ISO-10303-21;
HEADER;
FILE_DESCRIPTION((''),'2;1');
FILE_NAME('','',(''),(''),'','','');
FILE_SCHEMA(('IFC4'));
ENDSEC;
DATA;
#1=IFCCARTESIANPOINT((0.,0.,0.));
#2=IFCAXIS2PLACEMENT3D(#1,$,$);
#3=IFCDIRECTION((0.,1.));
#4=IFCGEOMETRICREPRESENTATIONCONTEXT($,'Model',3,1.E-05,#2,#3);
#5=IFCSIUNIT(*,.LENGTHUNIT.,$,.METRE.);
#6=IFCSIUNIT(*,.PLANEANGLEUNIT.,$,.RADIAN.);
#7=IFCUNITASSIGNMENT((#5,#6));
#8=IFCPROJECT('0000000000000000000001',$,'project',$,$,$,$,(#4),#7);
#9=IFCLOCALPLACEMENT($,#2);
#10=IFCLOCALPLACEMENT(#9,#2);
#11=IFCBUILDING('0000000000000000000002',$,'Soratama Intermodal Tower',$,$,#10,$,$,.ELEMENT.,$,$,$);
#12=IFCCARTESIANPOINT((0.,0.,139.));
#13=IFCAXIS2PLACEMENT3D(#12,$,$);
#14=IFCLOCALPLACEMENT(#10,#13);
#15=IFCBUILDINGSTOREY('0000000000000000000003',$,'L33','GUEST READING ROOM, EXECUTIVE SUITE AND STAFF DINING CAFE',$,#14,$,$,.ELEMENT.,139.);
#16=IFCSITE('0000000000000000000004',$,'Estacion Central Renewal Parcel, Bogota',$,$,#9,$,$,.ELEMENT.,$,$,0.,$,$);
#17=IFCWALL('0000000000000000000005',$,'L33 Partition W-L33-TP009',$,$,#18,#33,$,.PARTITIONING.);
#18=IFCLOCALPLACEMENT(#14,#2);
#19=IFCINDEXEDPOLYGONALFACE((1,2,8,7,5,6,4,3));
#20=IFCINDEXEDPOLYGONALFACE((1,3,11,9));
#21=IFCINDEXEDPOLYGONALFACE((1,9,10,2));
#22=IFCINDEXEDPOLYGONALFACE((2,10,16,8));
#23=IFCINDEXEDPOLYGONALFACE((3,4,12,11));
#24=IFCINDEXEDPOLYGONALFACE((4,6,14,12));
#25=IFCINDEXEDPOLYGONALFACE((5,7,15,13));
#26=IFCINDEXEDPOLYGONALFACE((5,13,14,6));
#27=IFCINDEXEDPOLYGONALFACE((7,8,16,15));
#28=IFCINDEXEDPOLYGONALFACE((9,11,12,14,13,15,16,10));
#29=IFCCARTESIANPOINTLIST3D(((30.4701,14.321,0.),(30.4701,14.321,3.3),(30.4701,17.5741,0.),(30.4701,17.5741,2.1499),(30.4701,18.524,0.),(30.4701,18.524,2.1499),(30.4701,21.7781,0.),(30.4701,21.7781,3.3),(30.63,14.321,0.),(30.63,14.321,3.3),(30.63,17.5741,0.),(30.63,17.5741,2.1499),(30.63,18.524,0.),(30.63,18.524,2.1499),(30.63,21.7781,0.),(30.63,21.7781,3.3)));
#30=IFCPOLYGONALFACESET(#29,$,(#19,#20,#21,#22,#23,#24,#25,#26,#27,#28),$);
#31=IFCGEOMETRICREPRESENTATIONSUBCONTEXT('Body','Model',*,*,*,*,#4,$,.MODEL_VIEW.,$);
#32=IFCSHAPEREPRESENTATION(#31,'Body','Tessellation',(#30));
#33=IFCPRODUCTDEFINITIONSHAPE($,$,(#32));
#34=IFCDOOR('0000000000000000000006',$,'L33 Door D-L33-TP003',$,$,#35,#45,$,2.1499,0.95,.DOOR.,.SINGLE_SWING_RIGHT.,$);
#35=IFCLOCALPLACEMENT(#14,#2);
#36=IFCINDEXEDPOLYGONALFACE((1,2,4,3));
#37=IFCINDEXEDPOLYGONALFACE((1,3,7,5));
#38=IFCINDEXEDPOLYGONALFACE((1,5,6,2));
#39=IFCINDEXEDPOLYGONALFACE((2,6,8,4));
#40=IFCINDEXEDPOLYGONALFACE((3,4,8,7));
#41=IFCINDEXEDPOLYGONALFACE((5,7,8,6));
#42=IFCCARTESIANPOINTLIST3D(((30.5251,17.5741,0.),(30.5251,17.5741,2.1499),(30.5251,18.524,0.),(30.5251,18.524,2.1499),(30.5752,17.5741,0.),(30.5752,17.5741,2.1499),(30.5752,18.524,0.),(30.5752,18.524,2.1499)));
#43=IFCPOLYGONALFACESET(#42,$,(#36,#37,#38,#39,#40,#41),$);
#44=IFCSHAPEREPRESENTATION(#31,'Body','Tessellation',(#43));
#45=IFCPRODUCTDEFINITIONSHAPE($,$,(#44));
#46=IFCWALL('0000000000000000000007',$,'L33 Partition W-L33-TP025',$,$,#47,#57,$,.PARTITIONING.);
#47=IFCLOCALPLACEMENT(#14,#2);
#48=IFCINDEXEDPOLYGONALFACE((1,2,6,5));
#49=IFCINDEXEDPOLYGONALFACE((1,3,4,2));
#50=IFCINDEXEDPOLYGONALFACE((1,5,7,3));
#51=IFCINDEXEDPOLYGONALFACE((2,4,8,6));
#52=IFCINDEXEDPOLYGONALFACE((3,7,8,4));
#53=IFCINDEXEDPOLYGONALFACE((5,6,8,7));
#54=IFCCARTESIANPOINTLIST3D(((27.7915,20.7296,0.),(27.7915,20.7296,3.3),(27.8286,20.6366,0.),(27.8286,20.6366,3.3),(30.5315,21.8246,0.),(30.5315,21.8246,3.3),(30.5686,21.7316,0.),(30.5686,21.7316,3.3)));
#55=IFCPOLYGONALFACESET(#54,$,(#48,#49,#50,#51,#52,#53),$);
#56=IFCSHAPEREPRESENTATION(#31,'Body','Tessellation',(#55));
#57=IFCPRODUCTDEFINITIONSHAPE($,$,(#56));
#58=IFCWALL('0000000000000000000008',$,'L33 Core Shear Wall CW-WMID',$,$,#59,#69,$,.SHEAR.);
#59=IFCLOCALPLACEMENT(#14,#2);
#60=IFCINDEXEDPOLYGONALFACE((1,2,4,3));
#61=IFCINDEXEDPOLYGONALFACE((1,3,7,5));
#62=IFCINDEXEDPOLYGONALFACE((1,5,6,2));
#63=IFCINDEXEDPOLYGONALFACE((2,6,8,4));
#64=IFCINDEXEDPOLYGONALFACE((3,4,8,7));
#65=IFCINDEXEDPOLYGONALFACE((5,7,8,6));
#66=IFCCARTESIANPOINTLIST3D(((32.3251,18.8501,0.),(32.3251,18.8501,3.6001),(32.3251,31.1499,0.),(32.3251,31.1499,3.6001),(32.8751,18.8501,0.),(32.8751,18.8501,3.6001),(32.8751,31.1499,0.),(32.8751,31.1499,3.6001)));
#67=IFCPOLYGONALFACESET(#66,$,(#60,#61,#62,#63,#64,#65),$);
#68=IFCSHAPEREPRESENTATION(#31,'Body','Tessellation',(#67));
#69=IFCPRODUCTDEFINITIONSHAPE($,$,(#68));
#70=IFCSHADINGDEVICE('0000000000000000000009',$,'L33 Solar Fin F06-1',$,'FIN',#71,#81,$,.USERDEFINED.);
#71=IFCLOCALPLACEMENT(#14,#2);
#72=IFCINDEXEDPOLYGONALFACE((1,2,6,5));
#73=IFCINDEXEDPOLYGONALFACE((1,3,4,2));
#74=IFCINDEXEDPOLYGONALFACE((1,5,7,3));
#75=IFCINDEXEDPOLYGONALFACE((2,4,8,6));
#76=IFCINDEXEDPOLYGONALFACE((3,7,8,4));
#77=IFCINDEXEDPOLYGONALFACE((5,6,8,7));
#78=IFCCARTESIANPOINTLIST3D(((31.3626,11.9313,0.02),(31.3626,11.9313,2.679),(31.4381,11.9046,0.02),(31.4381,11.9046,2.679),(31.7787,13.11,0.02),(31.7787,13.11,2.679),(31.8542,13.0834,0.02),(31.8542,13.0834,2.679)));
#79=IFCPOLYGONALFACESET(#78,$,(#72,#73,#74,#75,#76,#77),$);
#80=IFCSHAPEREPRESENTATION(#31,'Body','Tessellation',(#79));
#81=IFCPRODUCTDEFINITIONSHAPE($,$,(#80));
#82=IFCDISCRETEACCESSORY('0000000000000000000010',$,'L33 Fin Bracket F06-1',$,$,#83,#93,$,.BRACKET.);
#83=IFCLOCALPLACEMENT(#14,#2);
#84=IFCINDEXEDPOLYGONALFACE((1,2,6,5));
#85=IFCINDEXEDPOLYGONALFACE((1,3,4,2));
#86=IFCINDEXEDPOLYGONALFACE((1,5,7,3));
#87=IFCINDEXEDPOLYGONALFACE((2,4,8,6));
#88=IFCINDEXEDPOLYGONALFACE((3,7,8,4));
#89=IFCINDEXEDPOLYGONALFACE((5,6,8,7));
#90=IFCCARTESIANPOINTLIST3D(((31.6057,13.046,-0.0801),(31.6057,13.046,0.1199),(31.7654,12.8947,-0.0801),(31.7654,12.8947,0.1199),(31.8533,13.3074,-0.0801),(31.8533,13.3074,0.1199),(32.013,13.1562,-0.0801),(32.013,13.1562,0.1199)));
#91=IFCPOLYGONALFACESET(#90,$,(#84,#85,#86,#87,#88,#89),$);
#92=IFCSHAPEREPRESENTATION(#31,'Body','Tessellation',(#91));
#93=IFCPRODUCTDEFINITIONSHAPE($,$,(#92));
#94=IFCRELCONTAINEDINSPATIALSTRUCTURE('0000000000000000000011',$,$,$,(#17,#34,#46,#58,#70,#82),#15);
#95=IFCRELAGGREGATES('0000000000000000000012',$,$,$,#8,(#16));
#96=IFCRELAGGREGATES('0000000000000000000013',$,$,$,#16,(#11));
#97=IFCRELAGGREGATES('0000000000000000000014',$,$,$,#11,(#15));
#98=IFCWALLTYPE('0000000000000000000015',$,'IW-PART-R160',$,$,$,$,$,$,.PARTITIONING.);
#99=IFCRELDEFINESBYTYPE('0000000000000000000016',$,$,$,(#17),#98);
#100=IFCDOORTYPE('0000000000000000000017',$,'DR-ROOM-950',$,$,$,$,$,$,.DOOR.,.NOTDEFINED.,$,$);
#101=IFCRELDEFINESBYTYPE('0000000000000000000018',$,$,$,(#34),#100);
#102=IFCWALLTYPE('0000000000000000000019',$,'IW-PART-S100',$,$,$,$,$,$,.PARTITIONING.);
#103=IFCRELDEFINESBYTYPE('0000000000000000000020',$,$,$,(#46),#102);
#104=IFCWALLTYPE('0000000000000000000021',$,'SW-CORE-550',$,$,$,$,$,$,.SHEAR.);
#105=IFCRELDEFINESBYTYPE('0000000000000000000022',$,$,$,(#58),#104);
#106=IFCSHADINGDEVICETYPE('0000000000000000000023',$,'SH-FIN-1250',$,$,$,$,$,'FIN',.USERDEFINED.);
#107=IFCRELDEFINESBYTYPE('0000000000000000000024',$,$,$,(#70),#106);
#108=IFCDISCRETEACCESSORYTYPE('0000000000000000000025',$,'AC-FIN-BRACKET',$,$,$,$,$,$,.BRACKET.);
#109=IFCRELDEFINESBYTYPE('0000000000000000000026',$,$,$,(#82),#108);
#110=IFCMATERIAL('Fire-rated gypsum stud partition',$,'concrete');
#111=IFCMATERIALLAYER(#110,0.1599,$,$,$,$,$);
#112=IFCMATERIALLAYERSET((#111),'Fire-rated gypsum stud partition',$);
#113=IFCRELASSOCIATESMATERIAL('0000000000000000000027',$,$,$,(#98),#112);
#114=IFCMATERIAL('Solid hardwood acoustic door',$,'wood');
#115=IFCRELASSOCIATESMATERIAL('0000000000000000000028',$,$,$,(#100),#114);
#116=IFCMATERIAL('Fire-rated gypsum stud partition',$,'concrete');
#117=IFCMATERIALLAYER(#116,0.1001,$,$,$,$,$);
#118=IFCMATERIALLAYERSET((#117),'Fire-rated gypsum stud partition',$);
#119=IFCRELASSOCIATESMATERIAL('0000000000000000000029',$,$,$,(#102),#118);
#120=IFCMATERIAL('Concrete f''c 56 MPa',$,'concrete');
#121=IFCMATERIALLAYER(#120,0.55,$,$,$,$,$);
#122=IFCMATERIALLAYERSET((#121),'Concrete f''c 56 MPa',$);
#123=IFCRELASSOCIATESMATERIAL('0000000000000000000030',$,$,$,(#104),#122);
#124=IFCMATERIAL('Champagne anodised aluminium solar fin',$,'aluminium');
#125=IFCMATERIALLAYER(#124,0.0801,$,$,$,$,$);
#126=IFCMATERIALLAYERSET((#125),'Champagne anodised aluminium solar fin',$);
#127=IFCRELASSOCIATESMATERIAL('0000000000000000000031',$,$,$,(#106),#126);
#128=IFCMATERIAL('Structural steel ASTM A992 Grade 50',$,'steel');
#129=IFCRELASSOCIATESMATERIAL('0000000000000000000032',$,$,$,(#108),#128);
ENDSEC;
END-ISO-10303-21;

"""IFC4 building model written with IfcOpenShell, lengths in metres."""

from ifc_helpers import new_model, si_unit, direction, frame, frame_2d, origin, origin_2d, place, context, subcontext, project, spatial, rectangle, extrude, material, layer, layer_set, type_object, element, fill, save


model = new_model("IFC4")

# Units and contexts
model_context = context("Model", 3, precision=1e-05, world=origin(), true_north=direction((0.0, 1.0)))
body_context = subcontext(model_context, "Body", "Model", "MODEL_VIEW")
ifc_project = project(units=[si_unit("LENGTHUNIT", "METRE"), si_unit("PLANEANGLEUNIT", "RADIAN")], contexts=[model_context])

# Site, building, storey
site_placement = place(None, origin())
site = spatial("IfcSite", under=ifc_project, at=site_placement, Name="Estacion Central Renewal Parcel, Bogota", CompositionType="ELEMENT", RefElevation=0.0)
building_placement = place(site_placement, origin())
building = spatial("IfcBuilding", under=site, at=building_placement, Name="Soratama Intermodal Tower", CompositionType="ELEMENT")
storey_placement = place(building_placement, frame((0.0, 0.0, 139.0)))
storey = spatial("IfcBuildingStorey", under=building, at=storey_placement, Name="L33", Description="GUEST READING ROOM, EXECUTIVE SUITE AND STAFF DINING CAFE", CompositionType="ELEMENT", Elevation=139.0)

# Wall, opening, door
ifc_material_1 = material(Name="Fire-rated gypsum stud partition", Category="concrete")
ifc_layer_1 = layer(ifc_material_1, 0.1599)
ifc_layer_set_1 = layer_set([ifc_layer_1], Name="Fire-rated gypsum stud partition")
wall_type_1 = type_object("IfcWallType", Name="IW-PART-R160", PredefinedType="PARTITIONING", material=ifc_layer_set_1)
ifc_material_2 = material(Name="Solid hardwood acoustic door", Category="wood")
door_type = type_object("IfcDoorType", Name="DR-ROOM-950", OperationType="NOTDEFINED", PredefinedType="DOOR", material=ifc_material_2)
wall_1_placement = place(storey_placement, frame((30.55, 14.321, 0.0), z_axis=(0.0, 0.0, 1.0), x_axis=(0.0, 1.0, 0.0)))
wall_1 = element("IfcWall", 1, at=wall_1_placement, inside=storey, type_object=wall_type_1, Name="L33 Partition W-L33-TP009", PredefinedType="PARTITIONING", context=body_context, shape_type="SweptSolid", body=[
    extrude(rectangle(XDim=7.457, YDim=0.1599, at=frame_2d((3.7285, 0.0))), origin(), (0.0, 0.0, 1.0), 3.3),
])
opening_1_placement = place(wall_1_placement, frame((3.2529, 0.0, 0.0)))
opening_1 = element("IfcOpeningElement", 2, at=opening_1_placement, cuts=wall_1, PredefinedType="OPENING", context=body_context, shape_type="SweptSolid", body=[
    extrude(rectangle(XDim=0.95, YDim=2.1499, at=frame_2d((0.4751, 1.075))), frame((0.0, 0.0898, 0.0), z_axis=(0.0, -1.0, 0.0), x_axis=(1.0, 0.0, 0.0)), (0.0, 0.0, 1.0), 0.1799),
])
door_1_placement = place(opening_1_placement, origin())
door_1 = element("IfcDoor", 3, at=door_1_placement, inside=storey, type_object=door_type, Name="L33 Door D-L33-TP003", OperationType="SINGLE_SWING_RIGHT", OverallHeight=2.1499, OverallWidth=0.95, PredefinedType="DOOR", context=body_context, shape_type="SweptSolid", body=[
    extrude(rectangle(XDim=0.95, YDim=2.1499, at=frame_2d((0.4751, 1.075))), frame((0.0, 0.0249, 0.0), z_axis=(0.0, -1.0, 0.0), x_axis=(1.0, 0.0, 0.0)), (0.0, 0.0, 1.0), 0.05),
])
fill(opening_1, door_1)

# Walls
ifc_material_3 = material(Name="Fire-rated gypsum stud partition", Category="concrete")
ifc_layer_2 = layer(ifc_material_3, 0.1001)
ifc_layer_set_2 = layer_set([ifc_layer_2], Name="Fire-rated gypsum stud partition")
wall_type_2 = type_object("IfcWallType", Name="IW-PART-S100", PredefinedType="PARTITIONING", material=ifc_layer_set_2)
wall_2_placement = place(storey_placement, frame((30.55, 21.7781, 0.0), z_axis=(0.0, 0.0, 1.0), x_axis=(-0.928596, -0.371091, 0.0)))
element("IfcWall", 4, at=wall_2_placement, inside=storey, type_object=wall_type_2, Name="L33 Partition W-L33-TP025", PredefinedType="PARTITIONING", context=body_context, shape_type="SweptSolid", body=[
    extrude(rectangle(XDim=2.9507, YDim=0.1001, at=frame_2d((1.4753, 0.0))), origin(), (0.0, 0.0, 1.0), 3.3),
])
ifc_material_4 = material(Name="Concrete f'c 56 MPa", Category="concrete")
ifc_layer_3 = layer(ifc_material_4, 0.55)
ifc_layer_set_3 = layer_set([ifc_layer_3], Name="Concrete f'c 56 MPa")
wall_type_3 = type_object("IfcWallType", Name="SW-CORE-550", PredefinedType="SHEAR", material=ifc_layer_set_3)
wall_3_placement = place(storey_placement, frame((32.6001, 18.8501, 0.0), z_axis=(0.0, 0.0, 1.0), x_axis=(0.0, 1.0, 0.0)))
element("IfcWall", 5, at=wall_3_placement, inside=storey, type_object=wall_type_3, Name="L33 Core Shear Wall CW-WMID", PredefinedType="SHEAR", context=body_context, shape_type="SweptSolid", body=[
    extrude(rectangle(XDim=12.2998, YDim=0.55, at=frame_2d((6.1499, 0.0))), origin(), (0.0, 0.0, 1.0), 3.6001),
])

# Shading device
ifc_material_5 = material(Name="Champagne anodised aluminium solar fin", Category="aluminium")
ifc_layer_4 = layer(ifc_material_5, 0.0801)
ifc_layer_set_4 = layer_set([ifc_layer_4], Name="Champagne anodised aluminium solar fin")
shading_device_type = type_object("IfcShadingDeviceType", Name="SH-FIN-1250", ElementType="FIN", PredefinedType="USERDEFINED", material=ifc_layer_set_4)
shading_device_placement = place(storey_placement, frame((31.6084, 12.5073, 0.02), z_axis=(0.0, 0.0, 1.0), x_axis=(-0.33282, -0.942991, 0.0)))
element("IfcShadingDevice", 6, at=shading_device_placement, inside=storey, type_object=shading_device_type, Name="L33 Solar Fin F06-1", ObjectType="FIN", PredefinedType="USERDEFINED", context=body_context, shape_type="SweptSolid", body=[
    extrude(rectangle(XDim=1.25, YDim=0.0801, at=origin_2d()), origin(), (0.0, 0.0, 1.0), 2.6589),
])

# Discrete accessory
ifc_material_6 = material(Name="Structural steel ASTM A992 Grade 50", Category="steel")
discrete_accessory_type = type_object("IfcDiscreteAccessoryType", Name="AC-FIN-BRACKET", PredefinedType="BRACKET", material=ifc_material_6)
discrete_accessory_placement = place(storey_placement, frame((31.8093, 13.1011, -0.0801), z_axis=(0.0, 0.0, 1.0), x_axis=(-0.687595, -0.726095, 0.0)))
element("IfcDiscreteAccessory", 7, at=discrete_accessory_placement, inside=storey, type_object=discrete_accessory_type, Name="L33 Fin Bracket F06-1", PredefinedType="BRACKET", context=body_context, shape_type="SweptSolid", body=[
    extrude(rectangle(XDim=0.3601, YDim=0.22, at=origin_2d()), origin(), (0.0, 0.0, 1.0), 0.2),
])

save(model, "model.ifc")
